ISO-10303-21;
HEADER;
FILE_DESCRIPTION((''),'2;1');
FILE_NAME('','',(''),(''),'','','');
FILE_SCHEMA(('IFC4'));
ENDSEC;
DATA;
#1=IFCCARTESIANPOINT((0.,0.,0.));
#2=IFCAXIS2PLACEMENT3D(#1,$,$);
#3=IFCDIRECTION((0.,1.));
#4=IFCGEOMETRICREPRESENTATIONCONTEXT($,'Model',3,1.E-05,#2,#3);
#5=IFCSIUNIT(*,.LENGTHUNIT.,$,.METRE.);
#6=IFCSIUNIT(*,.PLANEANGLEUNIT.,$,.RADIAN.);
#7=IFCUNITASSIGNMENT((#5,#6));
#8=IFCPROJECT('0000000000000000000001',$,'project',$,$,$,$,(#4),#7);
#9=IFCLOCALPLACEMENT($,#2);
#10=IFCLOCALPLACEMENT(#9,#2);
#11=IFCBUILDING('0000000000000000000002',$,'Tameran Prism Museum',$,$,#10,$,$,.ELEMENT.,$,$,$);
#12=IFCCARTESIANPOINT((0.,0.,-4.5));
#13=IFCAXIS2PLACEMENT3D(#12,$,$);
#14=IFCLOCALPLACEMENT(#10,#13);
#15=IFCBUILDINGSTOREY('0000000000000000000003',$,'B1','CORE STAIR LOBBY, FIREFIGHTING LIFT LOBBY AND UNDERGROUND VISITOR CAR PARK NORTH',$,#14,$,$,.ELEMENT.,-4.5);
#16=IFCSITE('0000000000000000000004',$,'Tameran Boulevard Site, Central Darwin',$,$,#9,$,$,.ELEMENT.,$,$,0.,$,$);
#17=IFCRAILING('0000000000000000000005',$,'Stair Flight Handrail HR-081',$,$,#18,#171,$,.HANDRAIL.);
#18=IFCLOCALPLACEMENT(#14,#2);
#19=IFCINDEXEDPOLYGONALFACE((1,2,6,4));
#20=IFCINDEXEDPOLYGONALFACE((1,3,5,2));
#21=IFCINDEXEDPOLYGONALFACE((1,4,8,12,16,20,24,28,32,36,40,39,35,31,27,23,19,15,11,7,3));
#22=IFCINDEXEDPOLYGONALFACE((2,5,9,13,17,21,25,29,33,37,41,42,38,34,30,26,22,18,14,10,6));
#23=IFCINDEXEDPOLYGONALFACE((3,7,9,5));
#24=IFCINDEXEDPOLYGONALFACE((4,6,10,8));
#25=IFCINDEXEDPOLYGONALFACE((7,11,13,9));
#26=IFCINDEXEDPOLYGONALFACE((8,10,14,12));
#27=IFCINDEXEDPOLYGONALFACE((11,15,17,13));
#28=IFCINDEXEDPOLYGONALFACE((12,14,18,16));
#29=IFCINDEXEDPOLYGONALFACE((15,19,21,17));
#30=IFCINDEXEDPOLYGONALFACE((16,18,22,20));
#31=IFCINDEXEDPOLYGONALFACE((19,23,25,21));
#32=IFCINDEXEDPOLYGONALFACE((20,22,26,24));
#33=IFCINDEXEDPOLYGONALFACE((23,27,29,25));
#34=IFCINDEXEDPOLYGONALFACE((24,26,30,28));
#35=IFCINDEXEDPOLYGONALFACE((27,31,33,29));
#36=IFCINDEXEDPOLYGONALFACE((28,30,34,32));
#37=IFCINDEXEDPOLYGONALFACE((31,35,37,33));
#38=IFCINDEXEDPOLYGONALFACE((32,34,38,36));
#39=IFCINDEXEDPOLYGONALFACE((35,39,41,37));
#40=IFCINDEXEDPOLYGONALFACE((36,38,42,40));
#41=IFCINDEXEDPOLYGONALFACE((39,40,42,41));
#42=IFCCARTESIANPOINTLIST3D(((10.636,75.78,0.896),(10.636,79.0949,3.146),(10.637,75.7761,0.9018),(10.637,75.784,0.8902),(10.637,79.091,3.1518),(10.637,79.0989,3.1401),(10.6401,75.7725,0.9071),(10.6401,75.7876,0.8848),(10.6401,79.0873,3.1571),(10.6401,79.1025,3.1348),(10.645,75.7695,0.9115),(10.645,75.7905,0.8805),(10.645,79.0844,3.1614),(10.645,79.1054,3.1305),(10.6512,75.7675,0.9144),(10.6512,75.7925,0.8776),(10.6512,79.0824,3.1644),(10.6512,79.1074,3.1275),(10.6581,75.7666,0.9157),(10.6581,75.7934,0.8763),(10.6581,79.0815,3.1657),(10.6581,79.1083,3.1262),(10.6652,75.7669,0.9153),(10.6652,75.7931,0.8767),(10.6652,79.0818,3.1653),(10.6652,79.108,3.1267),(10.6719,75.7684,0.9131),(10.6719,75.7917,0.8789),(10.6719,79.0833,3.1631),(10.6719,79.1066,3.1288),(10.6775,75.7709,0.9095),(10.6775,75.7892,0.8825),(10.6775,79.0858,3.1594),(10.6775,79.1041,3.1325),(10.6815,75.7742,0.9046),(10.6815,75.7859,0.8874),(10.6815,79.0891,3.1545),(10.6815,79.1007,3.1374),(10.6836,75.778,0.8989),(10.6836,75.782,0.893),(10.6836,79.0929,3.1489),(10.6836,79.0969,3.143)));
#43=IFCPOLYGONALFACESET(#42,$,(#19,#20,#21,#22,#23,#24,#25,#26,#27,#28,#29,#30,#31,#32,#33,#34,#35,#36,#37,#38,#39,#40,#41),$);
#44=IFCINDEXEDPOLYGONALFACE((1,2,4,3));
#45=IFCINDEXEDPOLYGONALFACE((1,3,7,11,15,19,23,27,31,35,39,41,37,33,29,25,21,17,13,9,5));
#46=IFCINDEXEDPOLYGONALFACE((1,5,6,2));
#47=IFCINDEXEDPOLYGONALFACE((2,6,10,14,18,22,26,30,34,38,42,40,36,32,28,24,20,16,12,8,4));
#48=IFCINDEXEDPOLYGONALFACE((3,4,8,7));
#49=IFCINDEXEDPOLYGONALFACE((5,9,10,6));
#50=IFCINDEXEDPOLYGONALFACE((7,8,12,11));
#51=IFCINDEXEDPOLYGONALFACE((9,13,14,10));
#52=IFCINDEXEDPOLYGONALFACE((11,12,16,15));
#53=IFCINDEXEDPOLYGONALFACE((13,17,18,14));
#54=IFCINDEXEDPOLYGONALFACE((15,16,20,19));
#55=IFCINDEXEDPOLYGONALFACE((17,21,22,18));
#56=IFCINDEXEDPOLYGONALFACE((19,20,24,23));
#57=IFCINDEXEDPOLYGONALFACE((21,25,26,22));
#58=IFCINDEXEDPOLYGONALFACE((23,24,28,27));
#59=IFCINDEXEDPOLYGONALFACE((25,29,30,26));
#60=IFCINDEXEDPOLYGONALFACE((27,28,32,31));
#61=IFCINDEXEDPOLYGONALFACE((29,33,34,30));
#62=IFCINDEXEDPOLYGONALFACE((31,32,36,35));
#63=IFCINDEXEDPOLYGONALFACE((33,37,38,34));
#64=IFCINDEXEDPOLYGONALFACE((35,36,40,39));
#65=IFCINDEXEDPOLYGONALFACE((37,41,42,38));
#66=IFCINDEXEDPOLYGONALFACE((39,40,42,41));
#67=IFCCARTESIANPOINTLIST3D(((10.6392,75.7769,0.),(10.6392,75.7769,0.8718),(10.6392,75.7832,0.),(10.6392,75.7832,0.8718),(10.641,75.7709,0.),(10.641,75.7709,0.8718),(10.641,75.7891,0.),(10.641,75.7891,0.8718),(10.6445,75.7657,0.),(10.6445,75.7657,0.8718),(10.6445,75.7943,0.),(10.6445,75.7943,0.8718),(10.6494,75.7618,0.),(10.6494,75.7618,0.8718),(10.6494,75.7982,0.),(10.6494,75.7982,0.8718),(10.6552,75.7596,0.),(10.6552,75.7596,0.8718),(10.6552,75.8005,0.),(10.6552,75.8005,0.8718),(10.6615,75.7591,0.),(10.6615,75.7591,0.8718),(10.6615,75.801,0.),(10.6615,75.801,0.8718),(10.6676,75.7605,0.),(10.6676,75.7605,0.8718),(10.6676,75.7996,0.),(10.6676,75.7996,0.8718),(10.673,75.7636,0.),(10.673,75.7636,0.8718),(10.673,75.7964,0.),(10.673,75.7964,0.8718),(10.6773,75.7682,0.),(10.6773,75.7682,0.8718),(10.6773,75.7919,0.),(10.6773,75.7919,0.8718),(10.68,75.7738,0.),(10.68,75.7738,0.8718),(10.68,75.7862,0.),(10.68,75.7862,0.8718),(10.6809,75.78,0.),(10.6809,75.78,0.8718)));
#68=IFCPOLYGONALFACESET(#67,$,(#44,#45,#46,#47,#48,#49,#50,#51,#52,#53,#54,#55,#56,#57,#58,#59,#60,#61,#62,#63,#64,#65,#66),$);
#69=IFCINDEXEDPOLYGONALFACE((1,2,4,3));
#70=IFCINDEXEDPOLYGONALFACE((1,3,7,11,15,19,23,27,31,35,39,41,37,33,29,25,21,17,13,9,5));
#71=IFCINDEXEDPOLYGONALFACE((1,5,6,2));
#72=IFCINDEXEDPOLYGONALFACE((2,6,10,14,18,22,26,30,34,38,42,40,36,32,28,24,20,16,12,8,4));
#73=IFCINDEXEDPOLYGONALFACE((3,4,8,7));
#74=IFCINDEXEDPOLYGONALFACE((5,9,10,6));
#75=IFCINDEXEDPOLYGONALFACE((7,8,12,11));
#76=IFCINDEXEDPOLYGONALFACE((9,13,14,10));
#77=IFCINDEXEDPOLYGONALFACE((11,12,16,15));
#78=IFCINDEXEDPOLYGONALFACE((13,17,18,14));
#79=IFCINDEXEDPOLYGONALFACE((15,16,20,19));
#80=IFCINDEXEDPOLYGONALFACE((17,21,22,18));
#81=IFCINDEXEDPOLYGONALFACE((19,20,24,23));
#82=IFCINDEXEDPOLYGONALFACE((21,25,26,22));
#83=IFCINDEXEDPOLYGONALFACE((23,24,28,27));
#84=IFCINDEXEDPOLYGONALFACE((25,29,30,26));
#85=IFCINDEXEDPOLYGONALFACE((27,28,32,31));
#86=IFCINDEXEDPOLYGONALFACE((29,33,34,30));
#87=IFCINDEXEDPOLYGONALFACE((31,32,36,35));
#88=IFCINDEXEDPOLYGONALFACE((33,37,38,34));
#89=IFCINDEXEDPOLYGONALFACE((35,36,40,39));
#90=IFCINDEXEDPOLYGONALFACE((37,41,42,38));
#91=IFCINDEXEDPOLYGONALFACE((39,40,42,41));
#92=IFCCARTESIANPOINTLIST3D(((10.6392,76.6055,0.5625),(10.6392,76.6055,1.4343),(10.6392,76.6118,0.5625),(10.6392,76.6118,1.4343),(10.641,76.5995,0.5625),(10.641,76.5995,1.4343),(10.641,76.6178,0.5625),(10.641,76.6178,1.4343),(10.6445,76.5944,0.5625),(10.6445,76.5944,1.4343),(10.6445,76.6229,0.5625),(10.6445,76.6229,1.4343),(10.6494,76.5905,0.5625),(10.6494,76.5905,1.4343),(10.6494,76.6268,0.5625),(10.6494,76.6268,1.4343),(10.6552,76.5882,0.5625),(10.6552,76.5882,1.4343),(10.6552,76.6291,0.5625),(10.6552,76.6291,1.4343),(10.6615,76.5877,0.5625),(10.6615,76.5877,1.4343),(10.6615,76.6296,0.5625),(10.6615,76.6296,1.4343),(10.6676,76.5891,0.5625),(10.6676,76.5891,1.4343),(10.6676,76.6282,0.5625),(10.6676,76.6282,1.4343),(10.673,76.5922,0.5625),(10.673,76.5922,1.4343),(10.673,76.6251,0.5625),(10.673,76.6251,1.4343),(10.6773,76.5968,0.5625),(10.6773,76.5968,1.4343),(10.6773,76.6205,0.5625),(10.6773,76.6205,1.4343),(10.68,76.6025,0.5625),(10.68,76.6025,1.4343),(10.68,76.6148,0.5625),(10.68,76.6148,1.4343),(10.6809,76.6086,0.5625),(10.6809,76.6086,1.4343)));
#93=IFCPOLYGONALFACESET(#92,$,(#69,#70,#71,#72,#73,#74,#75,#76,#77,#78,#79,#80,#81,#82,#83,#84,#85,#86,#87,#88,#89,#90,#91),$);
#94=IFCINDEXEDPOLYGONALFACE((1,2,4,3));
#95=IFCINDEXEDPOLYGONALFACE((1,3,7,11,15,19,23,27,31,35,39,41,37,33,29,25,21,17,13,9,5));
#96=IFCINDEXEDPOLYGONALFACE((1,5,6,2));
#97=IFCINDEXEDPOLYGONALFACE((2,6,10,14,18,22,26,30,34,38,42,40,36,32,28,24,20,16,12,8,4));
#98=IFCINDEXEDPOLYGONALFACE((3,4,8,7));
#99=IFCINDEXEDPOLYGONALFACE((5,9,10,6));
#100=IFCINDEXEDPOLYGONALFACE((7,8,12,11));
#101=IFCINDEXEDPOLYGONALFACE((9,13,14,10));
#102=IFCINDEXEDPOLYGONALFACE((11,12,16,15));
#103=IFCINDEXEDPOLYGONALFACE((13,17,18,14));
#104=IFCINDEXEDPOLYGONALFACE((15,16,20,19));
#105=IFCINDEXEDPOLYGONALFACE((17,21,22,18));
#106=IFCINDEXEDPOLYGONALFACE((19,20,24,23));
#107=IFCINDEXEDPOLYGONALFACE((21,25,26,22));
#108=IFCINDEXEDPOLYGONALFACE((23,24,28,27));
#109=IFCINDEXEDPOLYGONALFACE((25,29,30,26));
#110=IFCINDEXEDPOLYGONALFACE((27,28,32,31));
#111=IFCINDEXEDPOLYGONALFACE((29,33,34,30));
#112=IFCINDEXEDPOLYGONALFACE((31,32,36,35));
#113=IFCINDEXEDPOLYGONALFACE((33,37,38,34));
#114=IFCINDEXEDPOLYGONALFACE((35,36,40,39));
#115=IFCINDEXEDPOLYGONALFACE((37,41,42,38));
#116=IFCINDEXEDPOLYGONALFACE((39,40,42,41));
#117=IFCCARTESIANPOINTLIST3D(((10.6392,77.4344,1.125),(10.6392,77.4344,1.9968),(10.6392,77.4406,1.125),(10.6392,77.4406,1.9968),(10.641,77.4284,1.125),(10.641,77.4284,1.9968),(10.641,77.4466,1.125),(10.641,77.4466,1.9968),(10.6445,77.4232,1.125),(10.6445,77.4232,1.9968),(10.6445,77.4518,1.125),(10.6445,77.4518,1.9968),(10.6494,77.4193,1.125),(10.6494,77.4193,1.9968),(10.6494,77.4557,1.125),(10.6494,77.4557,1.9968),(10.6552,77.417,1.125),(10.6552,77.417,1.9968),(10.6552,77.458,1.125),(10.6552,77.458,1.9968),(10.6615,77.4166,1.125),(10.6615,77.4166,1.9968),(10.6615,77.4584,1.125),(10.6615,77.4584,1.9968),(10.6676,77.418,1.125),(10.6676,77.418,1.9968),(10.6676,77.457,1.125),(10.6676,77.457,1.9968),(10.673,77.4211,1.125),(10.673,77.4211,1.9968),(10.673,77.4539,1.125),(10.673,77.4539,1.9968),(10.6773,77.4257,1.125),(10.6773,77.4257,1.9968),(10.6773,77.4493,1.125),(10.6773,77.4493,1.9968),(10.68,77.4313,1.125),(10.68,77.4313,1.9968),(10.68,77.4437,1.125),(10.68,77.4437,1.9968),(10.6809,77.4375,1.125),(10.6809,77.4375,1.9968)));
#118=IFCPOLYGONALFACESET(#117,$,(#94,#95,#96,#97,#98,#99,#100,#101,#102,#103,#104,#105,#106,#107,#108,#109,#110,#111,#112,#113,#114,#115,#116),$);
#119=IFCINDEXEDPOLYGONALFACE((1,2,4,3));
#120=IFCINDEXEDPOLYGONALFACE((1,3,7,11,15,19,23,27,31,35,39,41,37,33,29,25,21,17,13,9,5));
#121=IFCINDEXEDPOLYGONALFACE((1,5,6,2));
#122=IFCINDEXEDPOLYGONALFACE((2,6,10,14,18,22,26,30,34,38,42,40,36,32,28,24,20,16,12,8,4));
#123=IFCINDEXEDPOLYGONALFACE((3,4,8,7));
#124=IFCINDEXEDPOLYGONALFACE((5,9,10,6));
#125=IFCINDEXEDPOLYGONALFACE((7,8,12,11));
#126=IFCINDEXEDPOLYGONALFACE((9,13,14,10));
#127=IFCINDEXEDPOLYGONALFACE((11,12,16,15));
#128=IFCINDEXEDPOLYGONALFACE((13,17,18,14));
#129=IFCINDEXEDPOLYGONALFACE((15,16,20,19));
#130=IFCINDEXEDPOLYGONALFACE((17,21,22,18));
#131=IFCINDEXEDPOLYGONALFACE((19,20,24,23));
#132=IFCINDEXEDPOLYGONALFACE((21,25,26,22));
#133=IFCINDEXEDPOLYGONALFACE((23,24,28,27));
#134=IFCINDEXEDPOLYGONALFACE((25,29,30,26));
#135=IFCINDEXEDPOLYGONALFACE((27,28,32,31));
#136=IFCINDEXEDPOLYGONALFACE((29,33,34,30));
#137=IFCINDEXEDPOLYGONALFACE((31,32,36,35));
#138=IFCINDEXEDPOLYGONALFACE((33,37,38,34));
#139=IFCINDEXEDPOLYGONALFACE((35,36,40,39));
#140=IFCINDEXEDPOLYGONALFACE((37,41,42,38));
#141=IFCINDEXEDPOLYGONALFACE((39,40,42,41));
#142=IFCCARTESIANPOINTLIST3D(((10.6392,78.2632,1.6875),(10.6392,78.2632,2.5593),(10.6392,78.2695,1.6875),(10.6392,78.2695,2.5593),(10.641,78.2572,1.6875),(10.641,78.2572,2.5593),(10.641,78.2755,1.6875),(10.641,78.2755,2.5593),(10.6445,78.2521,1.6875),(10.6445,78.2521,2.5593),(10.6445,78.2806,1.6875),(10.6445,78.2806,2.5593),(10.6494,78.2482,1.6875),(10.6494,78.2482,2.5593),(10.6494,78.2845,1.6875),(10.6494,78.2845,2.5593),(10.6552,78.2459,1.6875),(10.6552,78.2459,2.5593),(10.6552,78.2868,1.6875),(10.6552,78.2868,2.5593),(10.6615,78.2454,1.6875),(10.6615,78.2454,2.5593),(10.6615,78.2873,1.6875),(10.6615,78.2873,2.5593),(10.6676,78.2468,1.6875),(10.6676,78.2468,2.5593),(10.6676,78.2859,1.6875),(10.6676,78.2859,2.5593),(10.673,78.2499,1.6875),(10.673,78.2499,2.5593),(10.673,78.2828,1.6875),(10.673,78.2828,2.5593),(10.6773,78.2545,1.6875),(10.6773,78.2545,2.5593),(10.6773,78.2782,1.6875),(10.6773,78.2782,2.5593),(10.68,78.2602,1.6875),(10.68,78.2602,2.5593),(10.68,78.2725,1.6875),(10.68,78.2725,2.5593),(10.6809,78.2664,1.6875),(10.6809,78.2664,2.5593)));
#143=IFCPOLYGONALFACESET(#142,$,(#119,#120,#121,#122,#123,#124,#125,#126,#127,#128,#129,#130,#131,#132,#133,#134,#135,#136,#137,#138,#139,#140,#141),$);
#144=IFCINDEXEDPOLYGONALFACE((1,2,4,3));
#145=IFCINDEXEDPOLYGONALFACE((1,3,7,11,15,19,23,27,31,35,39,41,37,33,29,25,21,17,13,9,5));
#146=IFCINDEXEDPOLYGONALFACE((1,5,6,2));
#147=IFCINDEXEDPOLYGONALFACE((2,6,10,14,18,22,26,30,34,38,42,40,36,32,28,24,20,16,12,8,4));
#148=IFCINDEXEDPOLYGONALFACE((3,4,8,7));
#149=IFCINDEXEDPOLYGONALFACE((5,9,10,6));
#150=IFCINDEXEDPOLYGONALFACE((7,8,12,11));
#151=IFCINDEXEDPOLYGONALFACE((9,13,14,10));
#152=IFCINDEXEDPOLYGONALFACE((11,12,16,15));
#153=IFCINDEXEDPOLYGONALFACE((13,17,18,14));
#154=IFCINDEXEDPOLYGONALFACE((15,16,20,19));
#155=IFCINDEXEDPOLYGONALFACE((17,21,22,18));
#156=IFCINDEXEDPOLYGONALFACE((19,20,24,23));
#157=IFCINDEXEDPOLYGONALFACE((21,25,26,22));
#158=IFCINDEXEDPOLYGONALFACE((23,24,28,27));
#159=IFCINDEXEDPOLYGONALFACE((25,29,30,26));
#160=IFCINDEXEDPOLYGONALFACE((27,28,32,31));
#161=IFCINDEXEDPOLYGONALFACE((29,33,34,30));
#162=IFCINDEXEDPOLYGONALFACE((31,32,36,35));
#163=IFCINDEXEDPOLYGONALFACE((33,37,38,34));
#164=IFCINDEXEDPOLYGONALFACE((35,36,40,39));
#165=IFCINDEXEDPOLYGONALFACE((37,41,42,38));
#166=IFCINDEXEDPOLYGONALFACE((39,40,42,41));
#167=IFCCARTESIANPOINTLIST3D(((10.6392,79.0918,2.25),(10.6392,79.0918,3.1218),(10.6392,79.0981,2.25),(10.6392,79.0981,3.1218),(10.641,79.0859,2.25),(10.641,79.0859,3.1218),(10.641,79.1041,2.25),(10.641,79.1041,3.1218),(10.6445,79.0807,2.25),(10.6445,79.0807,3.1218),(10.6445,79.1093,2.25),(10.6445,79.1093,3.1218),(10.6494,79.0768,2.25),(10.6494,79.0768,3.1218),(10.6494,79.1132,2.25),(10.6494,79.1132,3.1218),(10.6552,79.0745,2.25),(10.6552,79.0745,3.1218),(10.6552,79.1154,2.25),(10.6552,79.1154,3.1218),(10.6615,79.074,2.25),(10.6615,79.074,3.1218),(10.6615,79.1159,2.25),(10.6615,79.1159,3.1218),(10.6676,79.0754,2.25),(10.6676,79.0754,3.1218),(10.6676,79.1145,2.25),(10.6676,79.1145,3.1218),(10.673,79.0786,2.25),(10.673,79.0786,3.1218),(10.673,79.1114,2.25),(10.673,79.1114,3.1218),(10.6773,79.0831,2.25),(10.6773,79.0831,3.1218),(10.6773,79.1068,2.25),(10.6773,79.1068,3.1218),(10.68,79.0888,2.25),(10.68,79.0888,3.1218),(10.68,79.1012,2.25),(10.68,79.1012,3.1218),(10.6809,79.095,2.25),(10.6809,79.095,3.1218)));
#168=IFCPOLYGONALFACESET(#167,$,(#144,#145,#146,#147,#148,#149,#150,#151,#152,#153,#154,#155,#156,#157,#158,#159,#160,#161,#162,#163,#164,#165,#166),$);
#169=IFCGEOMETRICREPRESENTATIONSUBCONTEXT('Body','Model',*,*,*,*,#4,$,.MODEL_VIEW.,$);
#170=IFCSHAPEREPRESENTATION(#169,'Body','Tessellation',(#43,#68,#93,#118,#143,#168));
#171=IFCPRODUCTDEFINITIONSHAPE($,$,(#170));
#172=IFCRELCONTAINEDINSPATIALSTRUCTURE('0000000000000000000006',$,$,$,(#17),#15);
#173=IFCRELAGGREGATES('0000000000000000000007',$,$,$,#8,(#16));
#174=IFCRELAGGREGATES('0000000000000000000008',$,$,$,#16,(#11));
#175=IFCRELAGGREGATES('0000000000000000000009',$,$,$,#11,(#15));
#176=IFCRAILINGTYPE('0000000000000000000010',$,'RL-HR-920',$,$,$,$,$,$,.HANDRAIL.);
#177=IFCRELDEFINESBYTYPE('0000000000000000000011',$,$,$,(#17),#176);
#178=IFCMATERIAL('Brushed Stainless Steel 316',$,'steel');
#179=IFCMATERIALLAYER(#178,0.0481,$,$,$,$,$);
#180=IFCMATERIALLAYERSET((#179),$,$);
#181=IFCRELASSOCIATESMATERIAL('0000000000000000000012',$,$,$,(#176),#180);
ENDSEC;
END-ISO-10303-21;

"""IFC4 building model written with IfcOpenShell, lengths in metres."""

from ifc_helpers import new_model, si_unit, direction, frame, origin, origin_2d, place, context, subcontext, project, spatial, circle, extrude, material, layer, layer_set, type_object, element, save


model = new_model("IFC4")

# Units and contexts
model_context = context("Model", 3, precision=1e-05, world=origin(), true_north=direction((0.0, 1.0)))
body_context = subcontext(model_context, "Body", "Model", "MODEL_VIEW")
ifc_project = project(units=[si_unit("LENGTHUNIT", "METRE"), si_unit("PLANEANGLEUNIT", "RADIAN")], contexts=[model_context])

# Site, building, storey
site_placement = place(None, origin())
site = spatial("IfcSite", under=ifc_project, at=site_placement, Name="Tameran Boulevard Site, Central Darwin", CompositionType="ELEMENT", RefElevation=0.0)
building_placement = place(site_placement, origin())
building = spatial("IfcBuilding", under=site, at=building_placement, Name="Tameran Prism Museum", CompositionType="ELEMENT")
storey_placement = place(building_placement, frame((0.0, 0.0, -4.5)))
storey = spatial("IfcBuildingStorey", under=building, at=storey_placement, Name="B1", Description="CORE STAIR LOBBY, FIREFIGHTING LIFT LOBBY AND UNDERGROUND VISITOR CAR PARK NORTH", CompositionType="ELEMENT", Elevation=-4.5)

# Railing
ifc_material_1 = material(Name="Brushed Stainless Steel 316", Category="steel")
ifc_layer_1 = layer(ifc_material_1, 0.0481)
ifc_layer_set_1 = layer_set([ifc_layer_1])
railing_type_1 = type_object("IfcRailingType", Name="RL-HR-920", PredefinedType="HANDRAIL", material=ifc_layer_set_1)
railing_1_placement = place(storey_placement, frame((10.6599, 75.78, 0.0)))
element("IfcRailing", 1, at=railing_1_placement, inside=storey, type_object=railing_type_1, Name="Stair Flight Handrail HR-081", PredefinedType="HANDRAIL", context=body_context, shape_type="SweptSolid", body=[
    extrude(circle(Radius=0.0239, at=origin_2d()), frame((0.0, 0.0, 0.896), z_axis=(0.0, 0.827409, 0.5616), x_axis=(-1.0, 0.0, 0.0)), (0.0, 0.0, 1.0), 4.0063),
    extrude(circle(Radius=0.021, at=origin_2d()), origin(), (0.0, 0.0, 1.0), 0.8718),
    extrude(circle(Radius=0.021, at=origin_2d()), frame((0.0, 0.8286, 0.5625)), (0.0, 0.0, 1.0), 0.8718),
    extrude(circle(Radius=0.021, at=origin_2d()), frame((0.0, 1.6575, 1.125)), (0.0, 0.0, 1.0), 0.8718),
    extrude(circle(Radius=0.021, at=origin_2d()), frame((0.0, 2.4863, 1.6875)), (0.0, 0.0, 1.0), 0.8718),
    extrude(circle(Radius=0.021, at=origin_2d()), frame((0.0, 3.3149, 2.25)), (0.0, 0.0, 1.0), 0.8718),
])

save(model, "model.ifc")
